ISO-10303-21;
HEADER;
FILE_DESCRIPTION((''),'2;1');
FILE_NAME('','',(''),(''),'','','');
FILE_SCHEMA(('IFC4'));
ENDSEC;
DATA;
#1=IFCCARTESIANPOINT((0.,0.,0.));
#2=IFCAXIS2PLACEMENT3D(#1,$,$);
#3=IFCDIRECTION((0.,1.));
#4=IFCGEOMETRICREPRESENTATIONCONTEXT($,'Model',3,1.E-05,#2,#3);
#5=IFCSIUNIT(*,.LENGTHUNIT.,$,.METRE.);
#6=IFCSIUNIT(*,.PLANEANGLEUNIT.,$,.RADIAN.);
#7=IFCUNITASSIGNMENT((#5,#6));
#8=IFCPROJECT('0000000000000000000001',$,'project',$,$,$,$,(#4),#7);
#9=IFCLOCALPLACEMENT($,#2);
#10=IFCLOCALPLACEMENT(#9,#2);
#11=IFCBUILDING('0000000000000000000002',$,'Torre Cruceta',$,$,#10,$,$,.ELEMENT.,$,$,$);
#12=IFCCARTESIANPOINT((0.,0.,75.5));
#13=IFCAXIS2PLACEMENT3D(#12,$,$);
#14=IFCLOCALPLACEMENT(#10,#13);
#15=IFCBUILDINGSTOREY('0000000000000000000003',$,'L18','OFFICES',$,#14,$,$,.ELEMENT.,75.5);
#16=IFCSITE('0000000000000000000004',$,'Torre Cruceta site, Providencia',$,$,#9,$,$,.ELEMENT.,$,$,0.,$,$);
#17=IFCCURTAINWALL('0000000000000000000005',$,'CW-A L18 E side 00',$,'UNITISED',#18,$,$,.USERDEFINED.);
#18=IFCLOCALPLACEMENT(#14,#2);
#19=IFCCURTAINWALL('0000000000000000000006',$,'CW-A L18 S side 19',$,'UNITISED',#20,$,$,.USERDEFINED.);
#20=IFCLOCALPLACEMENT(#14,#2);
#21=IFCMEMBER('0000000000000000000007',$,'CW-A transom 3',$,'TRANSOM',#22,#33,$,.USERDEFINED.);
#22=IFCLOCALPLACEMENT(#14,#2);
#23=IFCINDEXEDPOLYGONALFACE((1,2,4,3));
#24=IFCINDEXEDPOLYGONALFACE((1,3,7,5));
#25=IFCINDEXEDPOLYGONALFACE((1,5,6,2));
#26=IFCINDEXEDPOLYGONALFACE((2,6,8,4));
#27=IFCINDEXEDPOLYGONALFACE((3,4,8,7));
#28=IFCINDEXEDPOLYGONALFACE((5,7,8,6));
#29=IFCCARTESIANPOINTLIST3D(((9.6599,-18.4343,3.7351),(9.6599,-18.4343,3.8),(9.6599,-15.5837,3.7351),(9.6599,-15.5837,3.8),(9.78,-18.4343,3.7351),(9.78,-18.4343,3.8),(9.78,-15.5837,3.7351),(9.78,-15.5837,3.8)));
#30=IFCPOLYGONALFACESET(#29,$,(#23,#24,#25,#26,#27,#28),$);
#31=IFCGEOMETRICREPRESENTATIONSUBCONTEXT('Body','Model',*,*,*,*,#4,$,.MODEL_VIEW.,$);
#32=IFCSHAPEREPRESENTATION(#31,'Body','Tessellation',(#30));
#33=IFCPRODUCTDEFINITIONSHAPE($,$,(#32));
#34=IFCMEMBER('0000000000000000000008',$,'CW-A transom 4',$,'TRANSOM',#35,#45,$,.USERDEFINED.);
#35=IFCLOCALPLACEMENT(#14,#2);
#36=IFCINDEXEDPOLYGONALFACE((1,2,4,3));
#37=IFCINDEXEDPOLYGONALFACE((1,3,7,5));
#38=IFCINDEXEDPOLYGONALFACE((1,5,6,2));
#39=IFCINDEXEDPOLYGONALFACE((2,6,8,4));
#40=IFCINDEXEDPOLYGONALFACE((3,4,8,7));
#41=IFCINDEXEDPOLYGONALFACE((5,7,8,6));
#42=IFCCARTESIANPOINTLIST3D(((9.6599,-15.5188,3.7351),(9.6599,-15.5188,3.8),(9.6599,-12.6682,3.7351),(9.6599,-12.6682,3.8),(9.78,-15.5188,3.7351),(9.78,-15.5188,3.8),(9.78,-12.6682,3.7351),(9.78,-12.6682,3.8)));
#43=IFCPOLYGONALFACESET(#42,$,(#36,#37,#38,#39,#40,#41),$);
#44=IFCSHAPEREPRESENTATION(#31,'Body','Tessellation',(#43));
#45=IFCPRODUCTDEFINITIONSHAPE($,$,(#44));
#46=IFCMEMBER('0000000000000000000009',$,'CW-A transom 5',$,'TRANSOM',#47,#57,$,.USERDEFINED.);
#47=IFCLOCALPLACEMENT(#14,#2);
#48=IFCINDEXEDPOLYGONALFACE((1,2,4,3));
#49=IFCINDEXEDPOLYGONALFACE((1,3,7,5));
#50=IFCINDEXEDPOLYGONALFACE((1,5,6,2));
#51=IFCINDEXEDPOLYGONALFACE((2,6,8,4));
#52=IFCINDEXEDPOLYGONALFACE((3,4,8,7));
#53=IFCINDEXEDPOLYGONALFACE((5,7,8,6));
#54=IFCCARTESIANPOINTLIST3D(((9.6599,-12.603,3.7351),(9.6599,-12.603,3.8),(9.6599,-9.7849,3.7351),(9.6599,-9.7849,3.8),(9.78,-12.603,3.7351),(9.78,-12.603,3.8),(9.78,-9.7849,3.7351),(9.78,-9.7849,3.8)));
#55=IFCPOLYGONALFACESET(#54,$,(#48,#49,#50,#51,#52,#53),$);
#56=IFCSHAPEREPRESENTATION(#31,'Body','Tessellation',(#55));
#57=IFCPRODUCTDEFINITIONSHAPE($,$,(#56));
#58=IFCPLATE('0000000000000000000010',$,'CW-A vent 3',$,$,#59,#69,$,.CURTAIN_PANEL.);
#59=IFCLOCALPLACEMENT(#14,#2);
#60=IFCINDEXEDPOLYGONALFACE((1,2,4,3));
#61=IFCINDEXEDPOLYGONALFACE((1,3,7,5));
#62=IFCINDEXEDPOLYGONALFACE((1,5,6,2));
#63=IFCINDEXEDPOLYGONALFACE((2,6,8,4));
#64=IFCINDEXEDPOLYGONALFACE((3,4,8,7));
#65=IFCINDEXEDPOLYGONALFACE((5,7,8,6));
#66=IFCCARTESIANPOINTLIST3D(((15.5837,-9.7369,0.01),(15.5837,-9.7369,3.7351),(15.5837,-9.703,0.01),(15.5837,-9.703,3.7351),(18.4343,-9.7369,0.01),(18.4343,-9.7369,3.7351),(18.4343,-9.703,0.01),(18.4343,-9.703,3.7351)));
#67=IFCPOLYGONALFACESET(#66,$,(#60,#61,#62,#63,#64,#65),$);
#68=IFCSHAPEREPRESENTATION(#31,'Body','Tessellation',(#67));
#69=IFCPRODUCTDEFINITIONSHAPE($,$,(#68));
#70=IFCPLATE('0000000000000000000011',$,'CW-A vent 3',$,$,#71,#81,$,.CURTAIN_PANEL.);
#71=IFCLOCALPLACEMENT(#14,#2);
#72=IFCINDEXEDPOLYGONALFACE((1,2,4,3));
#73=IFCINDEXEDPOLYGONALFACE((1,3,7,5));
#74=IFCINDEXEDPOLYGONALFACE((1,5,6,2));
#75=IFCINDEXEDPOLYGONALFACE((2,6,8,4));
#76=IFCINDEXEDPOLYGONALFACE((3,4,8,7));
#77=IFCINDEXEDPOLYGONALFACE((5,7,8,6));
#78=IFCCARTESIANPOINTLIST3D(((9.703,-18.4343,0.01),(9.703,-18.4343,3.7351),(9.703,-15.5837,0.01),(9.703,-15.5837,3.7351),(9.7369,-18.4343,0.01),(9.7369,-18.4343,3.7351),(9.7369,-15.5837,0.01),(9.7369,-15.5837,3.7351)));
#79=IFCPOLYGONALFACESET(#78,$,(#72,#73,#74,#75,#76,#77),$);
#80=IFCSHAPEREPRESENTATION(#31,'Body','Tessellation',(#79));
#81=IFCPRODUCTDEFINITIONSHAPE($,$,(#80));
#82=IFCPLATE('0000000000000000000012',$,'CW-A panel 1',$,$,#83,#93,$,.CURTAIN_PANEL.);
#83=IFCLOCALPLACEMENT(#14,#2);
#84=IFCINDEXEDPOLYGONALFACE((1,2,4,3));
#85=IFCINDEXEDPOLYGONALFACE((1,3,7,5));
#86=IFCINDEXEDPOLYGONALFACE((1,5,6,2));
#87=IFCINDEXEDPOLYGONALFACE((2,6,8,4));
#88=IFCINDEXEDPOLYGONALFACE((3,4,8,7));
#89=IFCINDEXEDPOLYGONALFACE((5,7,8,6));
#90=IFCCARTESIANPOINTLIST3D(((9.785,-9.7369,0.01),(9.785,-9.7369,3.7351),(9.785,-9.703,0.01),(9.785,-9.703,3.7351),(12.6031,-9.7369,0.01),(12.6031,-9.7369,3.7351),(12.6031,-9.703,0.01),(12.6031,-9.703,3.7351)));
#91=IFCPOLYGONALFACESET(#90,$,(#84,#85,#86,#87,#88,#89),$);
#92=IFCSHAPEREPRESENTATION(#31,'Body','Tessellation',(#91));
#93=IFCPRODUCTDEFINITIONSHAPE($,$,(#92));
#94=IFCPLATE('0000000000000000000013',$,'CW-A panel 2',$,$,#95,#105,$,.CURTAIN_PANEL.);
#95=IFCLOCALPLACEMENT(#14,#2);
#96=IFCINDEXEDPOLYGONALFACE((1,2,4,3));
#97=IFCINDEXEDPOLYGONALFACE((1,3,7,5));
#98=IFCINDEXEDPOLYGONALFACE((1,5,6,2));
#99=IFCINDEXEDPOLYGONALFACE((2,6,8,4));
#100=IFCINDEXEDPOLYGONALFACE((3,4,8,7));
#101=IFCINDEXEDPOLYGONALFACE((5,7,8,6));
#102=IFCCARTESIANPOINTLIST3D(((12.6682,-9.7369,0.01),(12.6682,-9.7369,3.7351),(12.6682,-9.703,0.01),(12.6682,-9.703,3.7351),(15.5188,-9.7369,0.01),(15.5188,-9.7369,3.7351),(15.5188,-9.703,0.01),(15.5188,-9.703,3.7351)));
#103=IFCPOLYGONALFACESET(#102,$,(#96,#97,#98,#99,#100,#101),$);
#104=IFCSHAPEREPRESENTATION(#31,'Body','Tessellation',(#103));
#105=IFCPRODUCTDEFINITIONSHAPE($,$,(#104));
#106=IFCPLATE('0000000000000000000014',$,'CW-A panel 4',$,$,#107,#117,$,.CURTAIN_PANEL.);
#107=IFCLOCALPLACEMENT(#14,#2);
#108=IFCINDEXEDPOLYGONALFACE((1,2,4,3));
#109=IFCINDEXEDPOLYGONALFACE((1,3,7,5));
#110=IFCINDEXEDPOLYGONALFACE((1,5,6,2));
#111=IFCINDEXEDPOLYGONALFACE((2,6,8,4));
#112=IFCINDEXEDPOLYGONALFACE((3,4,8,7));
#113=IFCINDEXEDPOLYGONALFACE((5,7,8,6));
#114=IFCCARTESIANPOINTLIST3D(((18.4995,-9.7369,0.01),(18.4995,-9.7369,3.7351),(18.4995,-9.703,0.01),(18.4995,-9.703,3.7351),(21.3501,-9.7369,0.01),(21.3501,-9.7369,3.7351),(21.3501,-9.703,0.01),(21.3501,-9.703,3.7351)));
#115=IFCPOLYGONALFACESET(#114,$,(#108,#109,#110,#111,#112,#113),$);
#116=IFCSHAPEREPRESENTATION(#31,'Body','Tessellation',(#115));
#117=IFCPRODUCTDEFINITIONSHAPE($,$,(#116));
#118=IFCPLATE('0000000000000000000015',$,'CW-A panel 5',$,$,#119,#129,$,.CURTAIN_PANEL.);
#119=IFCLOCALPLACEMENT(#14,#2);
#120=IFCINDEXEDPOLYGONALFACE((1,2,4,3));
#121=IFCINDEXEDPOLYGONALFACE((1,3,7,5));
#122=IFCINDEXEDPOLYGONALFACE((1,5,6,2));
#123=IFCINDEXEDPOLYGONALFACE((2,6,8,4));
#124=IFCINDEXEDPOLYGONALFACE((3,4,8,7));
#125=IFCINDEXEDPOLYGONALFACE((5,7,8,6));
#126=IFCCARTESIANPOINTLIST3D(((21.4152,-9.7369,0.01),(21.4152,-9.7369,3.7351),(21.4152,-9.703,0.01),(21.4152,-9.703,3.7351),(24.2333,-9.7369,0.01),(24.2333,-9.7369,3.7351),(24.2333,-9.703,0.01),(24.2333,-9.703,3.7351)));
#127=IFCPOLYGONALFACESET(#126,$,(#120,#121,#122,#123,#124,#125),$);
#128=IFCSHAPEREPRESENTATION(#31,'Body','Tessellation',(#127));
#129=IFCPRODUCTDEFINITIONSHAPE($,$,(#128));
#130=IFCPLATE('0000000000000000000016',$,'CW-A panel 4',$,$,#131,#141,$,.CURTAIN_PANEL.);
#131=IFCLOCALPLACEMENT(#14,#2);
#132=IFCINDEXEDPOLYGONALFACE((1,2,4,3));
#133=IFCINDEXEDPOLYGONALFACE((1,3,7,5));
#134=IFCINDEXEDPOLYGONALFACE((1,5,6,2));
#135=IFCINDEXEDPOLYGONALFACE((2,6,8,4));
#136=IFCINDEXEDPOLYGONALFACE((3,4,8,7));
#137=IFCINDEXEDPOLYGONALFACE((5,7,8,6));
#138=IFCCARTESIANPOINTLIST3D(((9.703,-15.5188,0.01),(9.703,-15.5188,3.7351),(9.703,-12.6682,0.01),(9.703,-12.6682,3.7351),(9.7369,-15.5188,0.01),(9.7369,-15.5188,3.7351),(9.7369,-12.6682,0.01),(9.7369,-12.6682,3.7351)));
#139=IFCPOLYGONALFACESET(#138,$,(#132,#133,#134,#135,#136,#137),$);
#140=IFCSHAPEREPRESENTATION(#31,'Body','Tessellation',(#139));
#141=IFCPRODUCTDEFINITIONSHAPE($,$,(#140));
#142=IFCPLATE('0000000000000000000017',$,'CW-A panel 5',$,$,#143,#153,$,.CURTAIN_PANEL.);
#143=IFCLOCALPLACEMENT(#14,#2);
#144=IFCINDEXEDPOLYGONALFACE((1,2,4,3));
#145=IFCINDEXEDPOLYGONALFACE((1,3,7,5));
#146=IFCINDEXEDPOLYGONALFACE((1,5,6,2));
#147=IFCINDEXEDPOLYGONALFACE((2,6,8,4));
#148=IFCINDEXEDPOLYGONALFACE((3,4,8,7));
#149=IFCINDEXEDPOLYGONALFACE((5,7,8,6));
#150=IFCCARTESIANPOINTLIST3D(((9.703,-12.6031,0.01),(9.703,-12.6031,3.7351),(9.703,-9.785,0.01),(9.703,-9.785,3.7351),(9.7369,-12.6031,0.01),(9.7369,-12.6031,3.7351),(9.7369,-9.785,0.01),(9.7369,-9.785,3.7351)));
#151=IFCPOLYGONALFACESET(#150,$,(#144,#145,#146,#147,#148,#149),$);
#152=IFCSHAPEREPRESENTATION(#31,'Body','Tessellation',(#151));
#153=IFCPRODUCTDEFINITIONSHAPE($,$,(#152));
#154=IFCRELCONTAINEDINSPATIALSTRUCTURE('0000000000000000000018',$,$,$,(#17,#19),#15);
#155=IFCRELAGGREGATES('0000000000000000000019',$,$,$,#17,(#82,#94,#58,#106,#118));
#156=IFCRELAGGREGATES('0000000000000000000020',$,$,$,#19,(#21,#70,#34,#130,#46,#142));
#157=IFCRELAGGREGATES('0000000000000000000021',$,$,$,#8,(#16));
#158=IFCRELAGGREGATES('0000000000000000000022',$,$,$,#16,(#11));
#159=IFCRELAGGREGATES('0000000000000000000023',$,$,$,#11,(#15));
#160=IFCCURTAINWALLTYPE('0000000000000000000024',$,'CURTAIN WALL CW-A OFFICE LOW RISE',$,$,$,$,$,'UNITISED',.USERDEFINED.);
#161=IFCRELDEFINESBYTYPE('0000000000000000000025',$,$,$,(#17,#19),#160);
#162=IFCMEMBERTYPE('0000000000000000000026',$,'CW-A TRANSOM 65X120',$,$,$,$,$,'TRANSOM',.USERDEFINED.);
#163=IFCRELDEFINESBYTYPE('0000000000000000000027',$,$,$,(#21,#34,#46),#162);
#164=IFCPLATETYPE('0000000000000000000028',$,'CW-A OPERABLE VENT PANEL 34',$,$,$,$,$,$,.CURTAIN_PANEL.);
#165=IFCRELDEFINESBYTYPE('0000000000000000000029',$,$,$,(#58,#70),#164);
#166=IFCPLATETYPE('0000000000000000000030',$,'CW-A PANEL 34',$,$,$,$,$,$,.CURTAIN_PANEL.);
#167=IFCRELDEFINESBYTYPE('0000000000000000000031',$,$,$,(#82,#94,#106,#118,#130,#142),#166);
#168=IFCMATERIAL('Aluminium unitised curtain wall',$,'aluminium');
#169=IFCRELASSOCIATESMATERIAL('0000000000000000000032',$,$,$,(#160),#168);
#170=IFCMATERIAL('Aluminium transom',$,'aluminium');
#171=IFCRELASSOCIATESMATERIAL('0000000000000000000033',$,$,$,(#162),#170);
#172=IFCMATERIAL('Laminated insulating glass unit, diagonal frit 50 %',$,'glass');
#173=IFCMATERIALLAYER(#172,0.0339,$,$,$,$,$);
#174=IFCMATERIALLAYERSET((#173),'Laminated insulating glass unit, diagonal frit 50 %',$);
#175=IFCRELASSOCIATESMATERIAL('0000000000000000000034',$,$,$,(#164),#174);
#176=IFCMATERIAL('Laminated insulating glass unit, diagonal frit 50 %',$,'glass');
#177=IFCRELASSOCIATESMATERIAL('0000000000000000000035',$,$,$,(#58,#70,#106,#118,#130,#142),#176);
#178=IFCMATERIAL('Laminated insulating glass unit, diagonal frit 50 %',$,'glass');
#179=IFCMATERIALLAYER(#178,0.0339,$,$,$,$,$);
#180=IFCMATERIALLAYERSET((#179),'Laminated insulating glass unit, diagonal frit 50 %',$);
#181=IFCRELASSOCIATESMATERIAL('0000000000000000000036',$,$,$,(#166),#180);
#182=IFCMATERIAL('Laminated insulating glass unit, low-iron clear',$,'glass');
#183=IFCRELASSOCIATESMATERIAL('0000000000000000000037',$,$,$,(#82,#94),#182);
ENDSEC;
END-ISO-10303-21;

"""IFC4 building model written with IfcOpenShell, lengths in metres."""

from ifc_helpers import new_model, si_unit, direction, frame, origin, origin_2d, place, context, subcontext, project, spatial, rectangle, extrude, material, layer, layer_set, material_profile, profile_set, type_object, element, aggregate, save


model = new_model("IFC4")

# Units and contexts
model_context = context("Model", 3, precision=1e-05, world=origin(), true_north=direction((0.0, 1.0)))
body_context = subcontext(model_context, "Body", "Model", "MODEL_VIEW")
ifc_project = project(units=[si_unit("LENGTHUNIT", "METRE"), si_unit("PLANEANGLEUNIT", "RADIAN")], contexts=[model_context])

# Site, building, storey
site_placement = place(None, origin())
site = spatial("IfcSite", under=ifc_project, at=site_placement, Name="Torre Cruceta site, Providencia", CompositionType="ELEMENT", RefElevation=0.0)
building_placement = place(site_placement, origin())
building = spatial("IfcBuilding", under=site, at=building_placement, Name="Torre Cruceta", CompositionType="ELEMENT")
storey_placement = place(building_placement, frame((0.0, 0.0, 75.5)))
storey = spatial("IfcBuildingStorey", under=building, at=storey_placement, Name="L18", Description="OFFICES", CompositionType="ELEMENT", Elevation=75.5)

# Curtain walls
ifc_material_1 = material(Name="Aluminium unitised curtain wall", Category="aluminium")
curtain_wall_type = type_object("IfcCurtainWallType", Name="CURTAIN WALL CW-A OFFICE LOW RISE", ElementType="UNITISED", PredefinedType="USERDEFINED", material=ifc_material_1)
curtain_wall_1_placement = place(storey_placement, origin())
curtain_wall_1 = element("IfcCurtainWall", 1, at=curtain_wall_1_placement, inside=storey, type_object=curtain_wall_type, Name="CW-A L18 E side 00", ObjectType="UNITISED", PredefinedType="USERDEFINED")
curtain_wall_2_placement = place(storey_placement, origin())
curtain_wall_2 = element("IfcCurtainWall", 2, at=curtain_wall_2_placement, inside=storey, type_object=curtain_wall_type, Name="CW-A L18 S side 19", ObjectType="UNITISED", PredefinedType="USERDEFINED")

# Members
ifc_material_2 = material(Name="Aluminium transom", Category="aluminium")
ifc_material_profile_1 = material_profile(ifc_material_2, rectangle(XDim=0.1201, YDim=0.0649, at=origin_2d()), Name="AL 120X65")
ifc_profile_set_1 = profile_set([ifc_material_profile_1], Name="Aluminium transom")
member_type_1 = type_object("IfcMemberType", Name="CW-A TRANSOM 65X120", ElementType="TRANSOM", PredefinedType="USERDEFINED", material=ifc_profile_set_1)
member_1_placement = place(storey_placement, frame((9.72, -18.4343, 3.7676), z_axis=(0.0, 1.0, 0.0), x_axis=(-1.0, 0.0, 0.0)))
member_1 = element("IfcMember", 3, at=member_1_placement, type_object=member_type_1, Name="CW-A transom 3", ObjectType="TRANSOM", PredefinedType="USERDEFINED", context=body_context, shape_type="SweptSolid", body=[
    extrude(rectangle(XDim=0.1201, YDim=0.0649, at=origin_2d()), origin(), (0.0, 0.0, 1.0), 2.8506),
])
member_2_placement = place(storey_placement, frame((9.72, -15.5188, 3.7676), z_axis=(0.0, 1.0, 0.0), x_axis=(-1.0, 0.0, 0.0)))
member_2 = element("IfcMember", 4, at=member_2_placement, type_object=member_type_1, Name="CW-A transom 4", ObjectType="TRANSOM", PredefinedType="USERDEFINED", context=body_context, shape_type="SweptSolid", body=[
    extrude(rectangle(XDim=0.1201, YDim=0.0649, at=origin_2d()), origin(), (0.0, 0.0, 1.0), 2.8506),
])
member_3_placement = place(storey_placement, frame((9.72, -12.603, 3.7676), z_axis=(0.0, 1.0, 0.0), x_axis=(-1.0, 0.0, 0.0)))
member_3 = element("IfcMember", 5, at=member_3_placement, type_object=member_type_1, Name="CW-A transom 5", ObjectType="TRANSOM", PredefinedType="USERDEFINED", context=body_context, shape_type="SweptSolid", body=[
    extrude(rectangle(XDim=0.1201, YDim=0.0649, at=origin_2d()), origin(), (0.0, 0.0, 1.0), 2.8181),
])

# Plates
ifc_material_3 = material(Name="Laminated insulating glass unit, diagonal frit 50 %", Category="glass")
ifc_material_4 = material(Name="Laminated insulating glass unit, diagonal frit 50 %", Category="glass")
ifc_layer_1 = layer(ifc_material_4, 0.0339)
ifc_layer_set_1 = layer_set([ifc_layer_1], Name="Laminated insulating glass unit, diagonal frit 50 %")
plate_type_1 = type_object("IfcPlateType", Name="CW-A OPERABLE VENT PANEL 34", PredefinedType="CURTAIN_PANEL", material=ifc_layer_set_1)
plate_1_placement = place(storey_placement, frame((17.009, -9.72, 0.01), z_axis=(0.0, 0.0, 1.0), x_axis=(1.0, 0.0, 0.0)))
plate_1 = element("IfcPlate", 6, at=plate_1_placement, type_object=plate_type_1, material=ifc_material_3, Name="CW-A vent 3", PredefinedType="CURTAIN_PANEL", context=body_context, shape_type="SweptSolid", body=[
    extrude(rectangle(XDim=2.8506, YDim=0.0339, at=origin_2d()), origin(), (0.0, 0.0, 1.0), 3.7251),
])
plate_2_placement = place(storey_placement, frame((9.72, -17.009, 0.01), z_axis=(0.0, 0.0, 1.0), x_axis=(0.0, 1.0, 0.0)))
plate_2 = element("IfcPlate", 7, at=plate_2_placement, type_object=plate_type_1, material=ifc_material_3, Name="CW-A vent 3", PredefinedType="CURTAIN_PANEL", context=body_context, shape_type="SweptSolid", body=[
    extrude(rectangle(XDim=2.8506, YDim=0.0339, at=origin_2d()), origin(), (0.0, 0.0, 1.0), 3.7251),
])
ifc_material_5 = material(Name="Laminated insulating glass unit, low-iron clear", Category="glass")
ifc_material_6 = material(Name="Laminated insulating glass unit, diagonal frit 50 %", Category="glass")
ifc_layer_2 = layer(ifc_material_6, 0.0339)
ifc_layer_set_2 = layer_set([ifc_layer_2], Name="Laminated insulating glass unit, diagonal frit 50 %")
plate_type_2 = type_object("IfcPlateType", Name="CW-A PANEL 34", PredefinedType="CURTAIN_PANEL", material=ifc_layer_set_2)
plate_3_placement = place(storey_placement, frame((11.1941, -9.72, 0.01), z_axis=(0.0, 0.0, 1.0), x_axis=(1.0, 0.0, 0.0)))
plate_3 = element("IfcPlate", 8, at=plate_3_placement, type_object=plate_type_2, material=ifc_material_5, Name="CW-A panel 1", PredefinedType="CURTAIN_PANEL", context=body_context, shape_type="SweptSolid", body=[
    extrude(rectangle(XDim=2.8181, YDim=0.0339, at=origin_2d()), origin(), (0.0, 0.0, 1.0), 3.7251),
])
plate_4_placement = place(storey_placement, frame((14.0935, -9.72, 0.01), z_axis=(0.0, 0.0, 1.0), x_axis=(1.0, 0.0, 0.0)))
plate_4 = element("IfcPlate", 9, at=plate_4_placement, type_object=plate_type_2, material=ifc_material_5, Name="CW-A panel 2", PredefinedType="CURTAIN_PANEL", context=body_context, shape_type="SweptSolid", body=[
    extrude(rectangle(XDim=2.8506, YDim=0.0339, at=origin_2d()), origin(), (0.0, 0.0, 1.0), 3.7251),
])
plate_5_placement = place(storey_placement, frame((19.9248, -9.72, 0.01), z_axis=(0.0, 0.0, 1.0), x_axis=(1.0, 0.0, 0.0)))
plate_5 = element("IfcPlate", 10, at=plate_5_placement, type_object=plate_type_2, material=ifc_material_3, Name="CW-A panel 4", PredefinedType="CURTAIN_PANEL", context=body_context, shape_type="SweptSolid", body=[
    extrude(rectangle(XDim=2.8506, YDim=0.0339, at=origin_2d()), origin(), (0.0, 0.0, 1.0), 3.7251),
])
plate_6_placement = place(storey_placement, frame((22.8242, -9.72, 0.01), z_axis=(0.0, 0.0, 1.0), x_axis=(1.0, 0.0, 0.0)))
plate_6 = element("IfcPlate", 11, at=plate_6_placement, type_object=plate_type_2, material=ifc_material_3, Name="CW-A panel 5", PredefinedType="CURTAIN_PANEL", context=body_context, shape_type="SweptSolid", body=[
    extrude(rectangle(XDim=2.8181, YDim=0.0339, at=origin_2d()), origin(), (0.0, 0.0, 1.0), 3.7251),
])
aggregate(curtain_wall_1, [plate_3, plate_4, plate_1, plate_5, plate_6])
plate_7_placement = place(storey_placement, frame((9.72, -14.0935, 0.01), z_axis=(0.0, 0.0, 1.0), x_axis=(0.0, 1.0, 0.0)))
plate_7 = element("IfcPlate", 12, at=plate_7_placement, type_object=plate_type_2, material=ifc_material_3, Name="CW-A panel 4", PredefinedType="CURTAIN_PANEL", context=body_context, shape_type="SweptSolid", body=[
    extrude(rectangle(XDim=2.8506, YDim=0.0339, at=origin_2d()), origin(), (0.0, 0.0, 1.0), 3.7251),
])
plate_8_placement = place(storey_placement, frame((9.72, -11.1941, 0.01), z_axis=(0.0, 0.0, 1.0), x_axis=(0.0, 1.0, 0.0)))
plate_8 = element("IfcPlate", 13, at=plate_8_placement, type_object=plate_type_2, material=ifc_material_3, Name="CW-A panel 5", PredefinedType="CURTAIN_PANEL", context=body_context, shape_type="SweptSolid", body=[
    extrude(rectangle(XDim=2.8181, YDim=0.0339, at=origin_2d()), origin(), (0.0, 0.0, 1.0), 3.7251),
])
aggregate(curtain_wall_2, [member_1, plate_2, member_2, plate_7, member_3, plate_8])

save(model, "model.ifc")
